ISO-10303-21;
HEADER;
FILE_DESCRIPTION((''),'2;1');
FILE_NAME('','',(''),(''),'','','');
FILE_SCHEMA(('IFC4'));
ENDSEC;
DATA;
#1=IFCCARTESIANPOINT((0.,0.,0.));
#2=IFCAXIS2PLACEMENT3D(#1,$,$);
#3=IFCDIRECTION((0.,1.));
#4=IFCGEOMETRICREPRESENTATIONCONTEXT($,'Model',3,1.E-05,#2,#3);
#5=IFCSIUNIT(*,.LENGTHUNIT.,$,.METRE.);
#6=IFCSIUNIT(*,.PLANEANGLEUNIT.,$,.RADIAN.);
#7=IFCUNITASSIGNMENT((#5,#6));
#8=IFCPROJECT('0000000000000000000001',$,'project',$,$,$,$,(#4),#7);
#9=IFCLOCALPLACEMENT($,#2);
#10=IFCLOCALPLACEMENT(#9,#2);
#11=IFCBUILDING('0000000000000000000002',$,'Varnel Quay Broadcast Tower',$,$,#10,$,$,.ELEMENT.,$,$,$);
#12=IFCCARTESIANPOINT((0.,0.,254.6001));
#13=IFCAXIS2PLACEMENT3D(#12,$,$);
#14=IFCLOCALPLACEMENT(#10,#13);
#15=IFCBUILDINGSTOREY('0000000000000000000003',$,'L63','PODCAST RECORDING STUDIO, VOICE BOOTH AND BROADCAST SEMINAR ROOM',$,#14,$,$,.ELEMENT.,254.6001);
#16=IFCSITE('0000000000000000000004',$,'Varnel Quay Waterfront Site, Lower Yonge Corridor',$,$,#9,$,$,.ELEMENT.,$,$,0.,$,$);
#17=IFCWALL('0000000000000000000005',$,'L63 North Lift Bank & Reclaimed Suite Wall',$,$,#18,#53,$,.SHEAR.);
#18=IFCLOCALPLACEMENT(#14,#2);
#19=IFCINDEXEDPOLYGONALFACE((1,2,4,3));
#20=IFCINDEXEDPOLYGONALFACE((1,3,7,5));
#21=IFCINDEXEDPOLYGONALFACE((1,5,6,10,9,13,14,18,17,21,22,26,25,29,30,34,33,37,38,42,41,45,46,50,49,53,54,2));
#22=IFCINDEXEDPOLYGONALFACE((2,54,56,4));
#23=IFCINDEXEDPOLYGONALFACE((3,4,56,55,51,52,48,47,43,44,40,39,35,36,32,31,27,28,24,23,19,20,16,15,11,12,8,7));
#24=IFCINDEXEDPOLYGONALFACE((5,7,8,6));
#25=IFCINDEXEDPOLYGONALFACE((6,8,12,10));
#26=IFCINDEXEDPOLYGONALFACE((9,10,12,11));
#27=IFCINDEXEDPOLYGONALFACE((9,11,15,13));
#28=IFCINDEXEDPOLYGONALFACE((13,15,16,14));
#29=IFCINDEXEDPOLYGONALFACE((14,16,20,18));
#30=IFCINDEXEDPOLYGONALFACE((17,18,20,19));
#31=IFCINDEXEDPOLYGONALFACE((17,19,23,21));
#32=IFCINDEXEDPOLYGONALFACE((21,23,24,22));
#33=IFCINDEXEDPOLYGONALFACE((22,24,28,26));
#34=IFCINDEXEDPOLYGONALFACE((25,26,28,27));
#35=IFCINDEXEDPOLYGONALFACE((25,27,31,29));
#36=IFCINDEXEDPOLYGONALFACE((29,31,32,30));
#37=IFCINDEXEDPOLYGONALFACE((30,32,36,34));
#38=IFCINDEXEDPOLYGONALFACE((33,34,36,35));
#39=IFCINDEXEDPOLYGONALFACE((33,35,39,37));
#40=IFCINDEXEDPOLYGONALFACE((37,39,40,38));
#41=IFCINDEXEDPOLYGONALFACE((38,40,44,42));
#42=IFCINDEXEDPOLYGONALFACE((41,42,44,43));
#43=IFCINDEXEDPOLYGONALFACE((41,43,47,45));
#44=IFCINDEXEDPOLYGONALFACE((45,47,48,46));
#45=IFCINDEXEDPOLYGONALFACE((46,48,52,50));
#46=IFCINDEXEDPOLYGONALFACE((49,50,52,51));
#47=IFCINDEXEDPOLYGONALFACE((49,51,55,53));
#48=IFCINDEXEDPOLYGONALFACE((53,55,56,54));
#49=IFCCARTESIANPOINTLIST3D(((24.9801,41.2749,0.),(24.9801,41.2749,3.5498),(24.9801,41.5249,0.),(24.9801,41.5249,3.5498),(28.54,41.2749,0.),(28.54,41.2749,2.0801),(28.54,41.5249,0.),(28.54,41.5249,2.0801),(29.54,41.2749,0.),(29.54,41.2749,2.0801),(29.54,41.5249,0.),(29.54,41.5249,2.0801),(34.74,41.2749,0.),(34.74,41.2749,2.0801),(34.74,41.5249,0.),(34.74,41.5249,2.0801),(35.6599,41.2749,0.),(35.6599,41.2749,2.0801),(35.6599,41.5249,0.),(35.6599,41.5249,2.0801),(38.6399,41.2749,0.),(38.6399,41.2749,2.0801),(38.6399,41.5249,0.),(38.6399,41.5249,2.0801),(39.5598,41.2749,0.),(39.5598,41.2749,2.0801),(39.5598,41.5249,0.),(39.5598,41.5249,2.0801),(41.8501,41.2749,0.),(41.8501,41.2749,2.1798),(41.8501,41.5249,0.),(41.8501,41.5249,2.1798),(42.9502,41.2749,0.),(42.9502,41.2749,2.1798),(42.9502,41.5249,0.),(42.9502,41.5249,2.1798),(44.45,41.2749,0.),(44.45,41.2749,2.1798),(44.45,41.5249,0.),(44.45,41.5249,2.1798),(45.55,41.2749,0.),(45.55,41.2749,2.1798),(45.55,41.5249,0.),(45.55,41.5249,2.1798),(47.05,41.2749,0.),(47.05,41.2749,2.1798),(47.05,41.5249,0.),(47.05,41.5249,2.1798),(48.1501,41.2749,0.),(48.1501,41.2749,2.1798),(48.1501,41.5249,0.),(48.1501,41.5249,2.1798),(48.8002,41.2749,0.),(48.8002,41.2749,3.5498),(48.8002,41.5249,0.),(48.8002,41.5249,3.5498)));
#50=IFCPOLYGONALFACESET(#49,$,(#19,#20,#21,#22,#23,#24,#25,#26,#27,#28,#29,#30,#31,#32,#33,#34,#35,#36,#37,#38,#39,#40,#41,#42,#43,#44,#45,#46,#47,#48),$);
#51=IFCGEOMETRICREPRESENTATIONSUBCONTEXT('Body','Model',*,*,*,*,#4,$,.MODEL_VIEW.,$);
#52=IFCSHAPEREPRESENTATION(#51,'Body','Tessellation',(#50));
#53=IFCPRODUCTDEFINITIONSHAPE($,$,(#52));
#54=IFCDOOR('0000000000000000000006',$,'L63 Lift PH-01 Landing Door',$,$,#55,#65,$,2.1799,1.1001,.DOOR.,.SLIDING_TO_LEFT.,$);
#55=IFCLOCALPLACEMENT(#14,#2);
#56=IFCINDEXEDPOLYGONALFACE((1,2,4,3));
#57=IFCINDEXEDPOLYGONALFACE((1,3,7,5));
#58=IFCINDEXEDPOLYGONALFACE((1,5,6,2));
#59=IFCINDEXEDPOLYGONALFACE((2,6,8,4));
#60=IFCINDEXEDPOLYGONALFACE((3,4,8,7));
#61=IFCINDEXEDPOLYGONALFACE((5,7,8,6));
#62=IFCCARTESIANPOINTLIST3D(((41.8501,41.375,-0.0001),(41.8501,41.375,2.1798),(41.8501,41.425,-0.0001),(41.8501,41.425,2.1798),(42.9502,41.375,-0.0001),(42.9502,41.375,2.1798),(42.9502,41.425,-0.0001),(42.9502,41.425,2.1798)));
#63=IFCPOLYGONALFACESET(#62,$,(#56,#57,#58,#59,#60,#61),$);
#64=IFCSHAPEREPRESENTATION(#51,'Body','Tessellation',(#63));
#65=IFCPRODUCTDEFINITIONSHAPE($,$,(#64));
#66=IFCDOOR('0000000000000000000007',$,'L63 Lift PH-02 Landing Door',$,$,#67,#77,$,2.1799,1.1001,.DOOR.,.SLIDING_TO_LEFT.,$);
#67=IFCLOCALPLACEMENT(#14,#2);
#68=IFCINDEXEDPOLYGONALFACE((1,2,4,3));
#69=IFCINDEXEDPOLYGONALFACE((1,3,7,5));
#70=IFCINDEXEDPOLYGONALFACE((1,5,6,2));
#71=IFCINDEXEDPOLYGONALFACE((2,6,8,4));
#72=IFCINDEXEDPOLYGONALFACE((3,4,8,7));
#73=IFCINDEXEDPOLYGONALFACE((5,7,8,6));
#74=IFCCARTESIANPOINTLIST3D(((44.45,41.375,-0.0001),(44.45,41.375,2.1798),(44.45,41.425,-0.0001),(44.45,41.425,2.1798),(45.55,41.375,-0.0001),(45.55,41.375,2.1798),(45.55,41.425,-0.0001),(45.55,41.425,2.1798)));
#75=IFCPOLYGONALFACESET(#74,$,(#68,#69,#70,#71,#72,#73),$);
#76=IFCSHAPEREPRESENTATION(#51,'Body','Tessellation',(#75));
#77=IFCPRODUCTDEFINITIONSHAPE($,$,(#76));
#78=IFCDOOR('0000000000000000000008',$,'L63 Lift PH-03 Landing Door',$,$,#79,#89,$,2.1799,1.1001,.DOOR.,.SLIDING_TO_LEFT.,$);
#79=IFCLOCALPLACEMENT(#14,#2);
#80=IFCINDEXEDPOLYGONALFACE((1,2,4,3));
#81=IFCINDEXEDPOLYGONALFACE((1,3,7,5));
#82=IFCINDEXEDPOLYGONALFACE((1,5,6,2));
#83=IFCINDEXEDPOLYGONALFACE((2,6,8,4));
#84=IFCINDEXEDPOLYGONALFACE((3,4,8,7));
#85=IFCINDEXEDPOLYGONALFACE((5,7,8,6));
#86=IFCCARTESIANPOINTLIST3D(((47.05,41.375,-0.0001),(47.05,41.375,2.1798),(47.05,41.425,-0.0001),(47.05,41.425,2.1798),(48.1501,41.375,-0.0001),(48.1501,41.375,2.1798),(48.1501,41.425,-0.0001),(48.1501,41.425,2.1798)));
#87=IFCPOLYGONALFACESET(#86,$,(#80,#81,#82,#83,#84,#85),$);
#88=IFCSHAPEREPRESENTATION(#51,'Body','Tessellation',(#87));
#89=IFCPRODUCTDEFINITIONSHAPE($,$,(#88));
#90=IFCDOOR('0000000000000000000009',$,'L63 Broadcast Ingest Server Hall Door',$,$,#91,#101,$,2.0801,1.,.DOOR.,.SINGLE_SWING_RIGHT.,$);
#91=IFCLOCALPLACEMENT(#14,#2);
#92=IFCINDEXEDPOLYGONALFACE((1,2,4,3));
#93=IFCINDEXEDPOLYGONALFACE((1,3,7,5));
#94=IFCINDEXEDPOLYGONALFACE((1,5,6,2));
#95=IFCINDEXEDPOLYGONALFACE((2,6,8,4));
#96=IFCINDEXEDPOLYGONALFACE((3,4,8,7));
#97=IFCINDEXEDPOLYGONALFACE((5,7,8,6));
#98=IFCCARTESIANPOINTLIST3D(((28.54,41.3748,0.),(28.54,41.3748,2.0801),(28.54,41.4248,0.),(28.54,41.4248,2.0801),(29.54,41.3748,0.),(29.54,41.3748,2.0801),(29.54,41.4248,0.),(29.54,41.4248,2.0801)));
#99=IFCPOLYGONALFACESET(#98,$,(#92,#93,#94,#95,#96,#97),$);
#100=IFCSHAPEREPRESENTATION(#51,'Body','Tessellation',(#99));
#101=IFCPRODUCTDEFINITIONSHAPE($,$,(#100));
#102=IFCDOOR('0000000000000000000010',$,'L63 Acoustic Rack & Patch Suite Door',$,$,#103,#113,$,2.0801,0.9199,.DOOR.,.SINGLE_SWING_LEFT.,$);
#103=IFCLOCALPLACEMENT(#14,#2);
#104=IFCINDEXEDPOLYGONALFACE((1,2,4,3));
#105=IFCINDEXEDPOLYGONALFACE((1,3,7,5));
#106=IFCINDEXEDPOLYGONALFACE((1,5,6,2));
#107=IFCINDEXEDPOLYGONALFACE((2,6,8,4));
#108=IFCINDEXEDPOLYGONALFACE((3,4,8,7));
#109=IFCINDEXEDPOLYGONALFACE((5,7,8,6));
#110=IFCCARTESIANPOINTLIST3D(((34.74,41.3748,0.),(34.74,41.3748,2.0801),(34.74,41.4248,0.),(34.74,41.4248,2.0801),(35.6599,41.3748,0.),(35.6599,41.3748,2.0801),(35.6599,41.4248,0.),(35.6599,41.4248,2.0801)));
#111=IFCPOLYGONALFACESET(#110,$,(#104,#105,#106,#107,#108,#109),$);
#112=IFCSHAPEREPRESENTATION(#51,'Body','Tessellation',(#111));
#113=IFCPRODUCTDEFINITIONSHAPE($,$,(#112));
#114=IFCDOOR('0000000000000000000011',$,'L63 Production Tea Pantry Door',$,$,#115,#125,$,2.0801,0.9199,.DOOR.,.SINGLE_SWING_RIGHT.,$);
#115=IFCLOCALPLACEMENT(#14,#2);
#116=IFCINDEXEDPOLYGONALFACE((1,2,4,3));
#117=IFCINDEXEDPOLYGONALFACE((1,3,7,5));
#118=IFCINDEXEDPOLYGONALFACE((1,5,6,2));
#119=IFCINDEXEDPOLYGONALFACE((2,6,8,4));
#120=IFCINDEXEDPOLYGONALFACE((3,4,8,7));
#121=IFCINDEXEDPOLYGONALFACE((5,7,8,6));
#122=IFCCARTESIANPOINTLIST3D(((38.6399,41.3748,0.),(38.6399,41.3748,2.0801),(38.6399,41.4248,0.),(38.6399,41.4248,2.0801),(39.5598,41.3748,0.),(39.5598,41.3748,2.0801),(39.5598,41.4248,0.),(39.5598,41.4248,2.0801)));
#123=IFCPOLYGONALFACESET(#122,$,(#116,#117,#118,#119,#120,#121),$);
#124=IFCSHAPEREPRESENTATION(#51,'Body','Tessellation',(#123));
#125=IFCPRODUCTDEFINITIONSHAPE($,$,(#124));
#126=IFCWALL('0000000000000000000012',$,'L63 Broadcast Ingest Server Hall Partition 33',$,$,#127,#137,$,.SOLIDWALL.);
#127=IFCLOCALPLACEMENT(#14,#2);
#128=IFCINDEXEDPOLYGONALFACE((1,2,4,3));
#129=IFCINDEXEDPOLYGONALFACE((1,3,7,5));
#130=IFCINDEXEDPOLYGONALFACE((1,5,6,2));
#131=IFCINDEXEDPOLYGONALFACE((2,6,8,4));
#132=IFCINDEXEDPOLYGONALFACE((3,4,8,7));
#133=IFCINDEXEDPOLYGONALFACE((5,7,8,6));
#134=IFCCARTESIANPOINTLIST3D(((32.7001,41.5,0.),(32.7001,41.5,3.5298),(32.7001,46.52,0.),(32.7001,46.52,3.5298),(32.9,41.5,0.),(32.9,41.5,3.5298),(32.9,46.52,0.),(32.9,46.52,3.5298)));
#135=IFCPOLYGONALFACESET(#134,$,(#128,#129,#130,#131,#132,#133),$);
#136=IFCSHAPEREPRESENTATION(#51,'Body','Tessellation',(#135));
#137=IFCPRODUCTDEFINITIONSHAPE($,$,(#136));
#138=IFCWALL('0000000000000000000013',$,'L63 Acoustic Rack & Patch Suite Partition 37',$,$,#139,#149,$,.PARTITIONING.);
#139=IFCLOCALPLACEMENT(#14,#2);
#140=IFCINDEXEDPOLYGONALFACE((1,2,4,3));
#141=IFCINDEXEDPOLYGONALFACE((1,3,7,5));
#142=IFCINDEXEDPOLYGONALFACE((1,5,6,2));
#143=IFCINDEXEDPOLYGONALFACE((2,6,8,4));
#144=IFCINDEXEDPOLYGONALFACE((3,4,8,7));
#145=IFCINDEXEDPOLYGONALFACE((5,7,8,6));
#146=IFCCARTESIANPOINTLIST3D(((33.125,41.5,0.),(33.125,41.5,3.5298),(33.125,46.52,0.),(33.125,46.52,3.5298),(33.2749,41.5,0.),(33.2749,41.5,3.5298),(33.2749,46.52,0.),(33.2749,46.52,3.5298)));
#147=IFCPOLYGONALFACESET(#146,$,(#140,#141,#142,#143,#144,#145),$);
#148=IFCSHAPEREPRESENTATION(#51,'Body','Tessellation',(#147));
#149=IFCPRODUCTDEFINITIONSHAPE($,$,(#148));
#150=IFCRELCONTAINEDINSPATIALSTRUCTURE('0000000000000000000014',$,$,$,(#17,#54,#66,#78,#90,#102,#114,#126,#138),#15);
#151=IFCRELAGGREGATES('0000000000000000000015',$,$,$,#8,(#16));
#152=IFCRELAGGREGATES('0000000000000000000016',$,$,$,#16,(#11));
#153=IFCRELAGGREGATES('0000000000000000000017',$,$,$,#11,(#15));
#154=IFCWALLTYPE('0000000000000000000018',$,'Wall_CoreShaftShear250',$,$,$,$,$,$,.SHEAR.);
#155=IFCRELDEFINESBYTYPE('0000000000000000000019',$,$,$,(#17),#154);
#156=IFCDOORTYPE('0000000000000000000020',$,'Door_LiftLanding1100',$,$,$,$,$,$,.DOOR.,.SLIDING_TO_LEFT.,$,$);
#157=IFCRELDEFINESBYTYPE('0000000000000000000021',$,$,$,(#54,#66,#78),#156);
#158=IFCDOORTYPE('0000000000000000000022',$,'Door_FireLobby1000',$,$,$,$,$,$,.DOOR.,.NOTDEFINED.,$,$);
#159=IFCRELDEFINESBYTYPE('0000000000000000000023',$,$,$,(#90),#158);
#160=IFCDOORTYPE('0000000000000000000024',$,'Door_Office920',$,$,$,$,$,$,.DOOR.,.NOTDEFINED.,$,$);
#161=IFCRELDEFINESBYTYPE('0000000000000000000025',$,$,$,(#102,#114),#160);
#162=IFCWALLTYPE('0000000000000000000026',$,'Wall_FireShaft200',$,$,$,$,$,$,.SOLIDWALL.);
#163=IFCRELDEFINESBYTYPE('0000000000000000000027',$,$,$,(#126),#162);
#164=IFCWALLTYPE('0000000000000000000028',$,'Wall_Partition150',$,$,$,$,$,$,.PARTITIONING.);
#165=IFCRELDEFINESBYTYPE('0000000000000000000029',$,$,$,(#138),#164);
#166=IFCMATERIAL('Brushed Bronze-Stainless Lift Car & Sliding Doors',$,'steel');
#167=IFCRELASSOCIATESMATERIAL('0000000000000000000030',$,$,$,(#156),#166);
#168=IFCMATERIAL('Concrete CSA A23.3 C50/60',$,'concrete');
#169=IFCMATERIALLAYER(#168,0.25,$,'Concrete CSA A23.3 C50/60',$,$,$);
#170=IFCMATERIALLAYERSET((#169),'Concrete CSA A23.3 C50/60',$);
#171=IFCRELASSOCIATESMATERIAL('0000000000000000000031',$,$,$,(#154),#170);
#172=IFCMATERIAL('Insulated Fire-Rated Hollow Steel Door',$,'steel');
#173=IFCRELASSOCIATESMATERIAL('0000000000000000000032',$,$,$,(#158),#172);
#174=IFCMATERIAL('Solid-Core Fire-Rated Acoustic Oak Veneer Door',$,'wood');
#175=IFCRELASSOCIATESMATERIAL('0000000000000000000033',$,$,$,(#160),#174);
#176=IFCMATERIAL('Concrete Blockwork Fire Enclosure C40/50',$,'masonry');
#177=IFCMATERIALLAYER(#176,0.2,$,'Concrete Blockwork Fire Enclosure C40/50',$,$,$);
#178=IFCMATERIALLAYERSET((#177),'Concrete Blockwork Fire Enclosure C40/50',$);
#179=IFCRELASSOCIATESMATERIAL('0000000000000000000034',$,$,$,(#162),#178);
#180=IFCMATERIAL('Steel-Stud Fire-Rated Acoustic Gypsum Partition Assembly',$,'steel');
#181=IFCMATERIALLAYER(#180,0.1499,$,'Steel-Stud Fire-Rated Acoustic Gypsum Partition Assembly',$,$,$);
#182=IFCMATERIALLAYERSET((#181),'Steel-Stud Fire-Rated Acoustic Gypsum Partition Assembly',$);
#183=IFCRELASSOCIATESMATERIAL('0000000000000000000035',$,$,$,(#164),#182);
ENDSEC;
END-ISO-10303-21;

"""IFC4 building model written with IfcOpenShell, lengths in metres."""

from ifc_helpers import new_model, si_unit, direction, frame, frame_2d, origin, place, context, subcontext, project, spatial, rectangle, extrude, source, transform, mapped, material, layer, layer_set, type_object, type_shapes, element, fill, save


model = new_model("IFC4")

# Units and contexts
model_context = context("Model", 3, precision=1e-05, world=origin(), true_north=direction((0.0, 1.0)))
body_context = subcontext(model_context, "Body", "Model", "MODEL_VIEW")
ifc_project = project(units=[si_unit("LENGTHUNIT", "METRE"), si_unit("PLANEANGLEUNIT", "RADIAN")], contexts=[model_context])

# Site, building, storey
site_placement = place(None, origin())
site = spatial("IfcSite", under=ifc_project, at=site_placement, Name="Varnel Quay Waterfront Site, Lower Yonge Corridor", CompositionType="ELEMENT", RefElevation=0.0)
building_placement = place(site_placement, origin())
building = spatial("IfcBuilding", under=site, at=building_placement, Name="Varnel Quay Broadcast Tower", CompositionType="ELEMENT")
storey_placement = place(building_placement, frame((0.0, 0.0, 254.6001)))
storey = spatial("IfcBuildingStorey", under=building, at=storey_placement, Name="L63", Description="PODCAST RECORDING STUDIO, VOICE BOOTH AND BROADCAST SEMINAR ROOM", CompositionType="ELEMENT", Elevation=254.6001)

# Shared definitions
ifc_material_1 = material(Name="Concrete CSA A23.3 C50/60", Category="concrete")

# Shared definitions
ifc_material_2 = material(Name="Brushed Bronze-Stainless Lift Car & Sliding Doors", Category="steel")
door_type_1 = type_object("IfcDoorType", Name="Door_LiftLanding1100", OperationType="SLIDING_TO_LEFT", PredefinedType="DOOR", material=ifc_material_2)
shared_shape_1 = source(origin(), body_context, "Body", "SweptSolid", [
    extrude(rectangle(XDim=1.1001, YDim=2.1799, at=frame_2d((0.55, 1.0898))), frame((0.0, 0.0249, 0.0), z_axis=(0.0, -1.0, 0.0), x_axis=(1.0, 0.0, 0.0)), (0.0, 0.0, 1.0), 0.05),
])
type_shapes(door_type_1, [shared_shape_1])

# Wall, openings, doors
ifc_layer_1 = layer(ifc_material_1, 0.25, Name="Concrete CSA A23.3 C50/60")
ifc_layer_set_1 = layer_set([ifc_layer_1], Name="Concrete CSA A23.3 C50/60")
wall_type_1 = type_object("IfcWallType", Name="Wall_CoreShaftShear250", PredefinedType="SHEAR", material=ifc_layer_set_1)
wall_1_placement = place(storey_placement, frame((24.98, 41.3999, 0.0), z_axis=(0.0, 0.0, 1.0), x_axis=(1.0, 0.0, 0.0)))
wall_1 = element("IfcWall", 1, at=wall_1_placement, inside=storey, type_object=wall_type_1, Name="L63 North Lift Bank & Reclaimed Suite Wall", PredefinedType="SHEAR", context=body_context, shape_type="SweptSolid", body=[
    extrude(rectangle(XDim=23.8201, YDim=0.25, at=frame_2d((11.9102, 0.0))), origin(), (0.0, 0.0, 1.0), 3.5498),
])
opening_1_placement = place(wall_1_placement, frame((16.8701, 0.0, 0.0)))
opening_1 = element("IfcOpeningElement", 2, at=opening_1_placement, cuts=wall_1, PredefinedType="OPENING", context=body_context, shape_type="SweptSolid", body=[
    extrude(rectangle(XDim=1.1001, YDim=2.1799, at=frame_2d((0.55, 1.0898))), frame((0.0, 0.135, 0.0), z_axis=(0.0, -1.0, 0.0), x_axis=(1.0, 0.0, 0.0)), (0.0, 0.0, 1.0), 0.27),
])
opening_2_placement = place(wall_1_placement, frame((19.47, 0.0, 0.0)))
opening_2 = element("IfcOpeningElement", 3, at=opening_2_placement, cuts=wall_1, PredefinedType="OPENING", context=body_context, shape_type="SweptSolid", body=[
    extrude(rectangle(XDim=1.1001, YDim=2.1799, at=frame_2d((0.55, 1.0898))), frame((0.0, 0.135, 0.0), z_axis=(0.0, -1.0, 0.0), x_axis=(1.0, 0.0, 0.0)), (0.0, 0.0, 1.0), 0.27),
])
opening_3_placement = place(wall_1_placement, frame((22.0701, 0.0, 0.0)))
opening_3 = element("IfcOpeningElement", 4, at=opening_3_placement, cuts=wall_1, PredefinedType="OPENING", context=body_context, shape_type="SweptSolid", body=[
    extrude(rectangle(XDim=1.1001, YDim=2.1799, at=frame_2d((0.55, 1.0898))), frame((0.0, 0.135, 0.0), z_axis=(0.0, -1.0, 0.0), x_axis=(1.0, 0.0, 0.0)), (0.0, 0.0, 1.0), 0.27),
])
opening_4_placement = place(wall_1_placement, frame((3.5601, 0.0, 0.0)))
opening_4 = element("IfcOpeningElement", 5, at=opening_4_placement, cuts=wall_1, PredefinedType="OPENING", context=body_context, shape_type="SweptSolid", body=[
    extrude(rectangle(XDim=1.0, YDim=2.0801, at=frame_2d((0.5, 1.04))), frame((0.0, 0.135, 0.0), z_axis=(0.0, -1.0, 0.0), x_axis=(1.0, 0.0, 0.0)), (0.0, 0.0, 1.0), 0.27),
])
opening_5_placement = place(wall_1_placement, frame((9.76, 0.0, 0.0)))
opening_5 = element("IfcOpeningElement", 6, at=opening_5_placement, cuts=wall_1, PredefinedType="OPENING", context=body_context, shape_type="SweptSolid", body=[
    extrude(rectangle(XDim=0.9199, YDim=2.0801, at=frame_2d((0.46, 1.04))), frame((0.0, 0.135, 0.0), z_axis=(0.0, -1.0, 0.0), x_axis=(1.0, 0.0, 0.0)), (0.0, 0.0, 1.0), 0.27),
])
opening_6_placement = place(wall_1_placement, frame((13.6599, 0.0, 0.0)))
opening_6 = element("IfcOpeningElement", 7, at=opening_6_placement, cuts=wall_1, PredefinedType="OPENING", context=body_context, shape_type="SweptSolid", body=[
    extrude(rectangle(XDim=0.9199, YDim=2.0801, at=frame_2d((0.46, 1.04))), frame((0.0, 0.135, 0.0), z_axis=(0.0, -1.0, 0.0), x_axis=(1.0, 0.0, 0.0)), (0.0, 0.0, 1.0), 0.27),
])
door_1_placement = place(opening_1_placement, frame((1.1001, 0.0, 0.0), z_axis=(0.0, 0.0, 1.0), x_axis=(-1.0, 0.0, 0.0)))
door_1 = element("IfcDoor", 8, at=door_1_placement, inside=storey, type_object=door_type_1, Name="L63 Lift PH-01 Landing Door", OperationType="SLIDING_TO_LEFT", OverallHeight=2.1799, OverallWidth=1.1001, PredefinedType="DOOR", context=body_context, shape_type="MappedRepresentation", body=[
    mapped(shared_shape_1, transform((0.0, 0.0, 0.0), x_axis=(1.0, 0.0, 0.0), y_axis=(0.0, 1.0, 0.0), z_axis=(0.0, 0.0, 1.0), scale=1.0)),
])
fill(opening_1, door_1)
door_2_placement = place(opening_2_placement, frame((1.1001, 0.0, 0.0), z_axis=(0.0, 0.0, 1.0), x_axis=(-1.0, 0.0, 0.0)))
door_2 = element("IfcDoor", 9, at=door_2_placement, inside=storey, type_object=door_type_1, Name="L63 Lift PH-02 Landing Door", OperationType="SLIDING_TO_LEFT", OverallHeight=2.1799, OverallWidth=1.1001, PredefinedType="DOOR", context=body_context, shape_type="MappedRepresentation", body=[
    mapped(shared_shape_1, transform((0.0, 0.0, 0.0), x_axis=(1.0, 0.0, 0.0), y_axis=(0.0, 1.0, 0.0), z_axis=(0.0, 0.0, 1.0), scale=1.0)),
])
fill(opening_2, door_2)
door_3_placement = place(opening_3_placement, frame((1.1001, 0.0, 0.0), z_axis=(0.0, 0.0, 1.0), x_axis=(-1.0, 0.0, 0.0)))
door_3 = element("IfcDoor", 10, at=door_3_placement, inside=storey, type_object=door_type_1, Name="L63 Lift PH-03 Landing Door", OperationType="SLIDING_TO_LEFT", OverallHeight=2.1799, OverallWidth=1.1001, PredefinedType="DOOR", context=body_context, shape_type="MappedRepresentation", body=[
    mapped(shared_shape_1, transform((0.0, 0.0, 0.0), x_axis=(1.0, 0.0, 0.0), y_axis=(0.0, 1.0, 0.0), z_axis=(0.0, 0.0, 1.0), scale=1.0)),
])
fill(opening_3, door_3)
ifc_material_3 = material(Name="Insulated Fire-Rated Hollow Steel Door", Category="steel")
door_type_2 = type_object("IfcDoorType", Name="Door_FireLobby1000", OperationType="NOTDEFINED", PredefinedType="DOOR", material=ifc_material_3)
shared_shape_2 = source(origin(), body_context, "Body", "SweptSolid", [
    extrude(rectangle(XDim=1.0, YDim=2.0801, at=frame_2d((0.5, 1.04))), frame((0.0, 0.0249, 0.0), z_axis=(0.0, -1.0, 0.0), x_axis=(1.0, 0.0, 0.0)), (0.0, 0.0, 1.0), 0.05),
])
type_shapes(door_type_2, [shared_shape_2])
door_4_placement = place(opening_4_placement, origin())
door_4 = element("IfcDoor", 11, at=door_4_placement, inside=storey, type_object=door_type_2, Name="L63 Broadcast Ingest Server Hall Door", OperationType="SINGLE_SWING_RIGHT", OverallHeight=2.0801, OverallWidth=1.0, PredefinedType="DOOR", context=body_context, shape_type="MappedRepresentation", body=[
    mapped(shared_shape_2, transform((0.0, 0.0, 0.0), x_axis=(1.0, 0.0, 0.0), y_axis=(0.0, 1.0, 0.0), z_axis=(0.0, 0.0, 1.0), scale=1.0)),
])
fill(opening_4, door_4)
ifc_material_4 = material(Name="Solid-Core Fire-Rated Acoustic Oak Veneer Door", Category="wood")
door_type_3 = type_object("IfcDoorType", Name="Door_Office920", OperationType="NOTDEFINED", PredefinedType="DOOR", material=ifc_material_4)
shared_shape_3 = source(origin(), body_context, "Body", "SweptSolid", [
    extrude(rectangle(XDim=0.9199, YDim=2.0801, at=frame_2d((0.46, 1.04))), frame((0.0, 0.0249, 0.0), z_axis=(0.0, -1.0, 0.0), x_axis=(1.0, 0.0, 0.0)), (0.0, 0.0, 1.0), 0.05),
])
type_shapes(door_type_3, [shared_shape_3])
door_5_placement = place(opening_5_placement, origin())
door_5 = element("IfcDoor", 12, at=door_5_placement, inside=storey, type_object=door_type_3, Name="L63 Acoustic Rack & Patch Suite Door", OperationType="SINGLE_SWING_LEFT", OverallHeight=2.0801, OverallWidth=0.9199, PredefinedType="DOOR", context=body_context, shape_type="MappedRepresentation", body=[
    mapped(shared_shape_3, transform((0.0, 0.0, 0.0), x_axis=(1.0, 0.0, 0.0), y_axis=(0.0, 1.0, 0.0), z_axis=(0.0, 0.0, 1.0), scale=1.0)),
])
fill(opening_5, door_5)
door_6_placement = place(opening_6_placement, origin())
door_6 = element("IfcDoor", 13, at=door_6_placement, inside=storey, type_object=door_type_3, Name="L63 Production Tea Pantry Door", OperationType="SINGLE_SWING_RIGHT", OverallHeight=2.0801, OverallWidth=0.9199, PredefinedType="DOOR", context=body_context, shape_type="MappedRepresentation", body=[
    mapped(shared_shape_3, transform((0.0, 0.0, 0.0), x_axis=(1.0, 0.0, 0.0), y_axis=(0.0, 1.0, 0.0), z_axis=(0.0, 0.0, 1.0), scale=1.0)),
])
fill(opening_6, door_6)

# Walls
ifc_material_5 = material(Name="Concrete Blockwork Fire Enclosure C40/50", Category="masonry")
ifc_layer_2 = layer(ifc_material_5, 0.2, Name="Concrete Blockwork Fire Enclosure C40/50")
ifc_layer_set_2 = layer_set([ifc_layer_2], Name="Concrete Blockwork Fire Enclosure C40/50")
wall_type_2 = type_object("IfcWallType", Name="Wall_FireShaft200", PredefinedType="SOLIDWALL", material=ifc_layer_set_2)
wall_2_placement = place(storey_placement, frame((32.8, 41.5, 0.0), z_axis=(0.0, 0.0, 1.0), x_axis=(0.0, 1.0, 0.0)))
element("IfcWall", 14, at=wall_2_placement, inside=storey, type_object=wall_type_2, Name="L63 Broadcast Ingest Server Hall Partition 33", PredefinedType="SOLIDWALL", context=body_context, shape_type="SweptSolid", body=[
    extrude(rectangle(XDim=5.02, YDim=0.2, at=frame_2d((2.51, 0.0))), origin(), (0.0, 0.0, 1.0), 3.5298),
])
ifc_material_6 = material(Name="Steel-Stud Fire-Rated Acoustic Gypsum Partition Assembly", Category="steel")
ifc_layer_3 = layer(ifc_material_6, 0.1499, Name="Steel-Stud Fire-Rated Acoustic Gypsum Partition Assembly")
ifc_layer_set_3 = layer_set([ifc_layer_3], Name="Steel-Stud Fire-Rated Acoustic Gypsum Partition Assembly")
wall_type_3 = type_object("IfcWallType", Name="Wall_Partition150", PredefinedType="PARTITIONING", material=ifc_layer_set_3)
wall_3_placement = place(storey_placement, frame((33.2, 41.5, 0.0), z_axis=(0.0, 0.0, 1.0), x_axis=(0.0, 1.0, 0.0)))
element("IfcWall", 15, at=wall_3_placement, inside=storey, type_object=wall_type_3, Name="L63 Acoustic Rack & Patch Suite Partition 37", PredefinedType="PARTITIONING", context=body_context, shape_type="SweptSolid", body=[
    extrude(rectangle(XDim=5.02, YDim=0.1499, at=frame_2d((2.51, 0.0))), origin(), (0.0, 0.0, 1.0), 3.5298),
])

save(model, "model.ifc")
